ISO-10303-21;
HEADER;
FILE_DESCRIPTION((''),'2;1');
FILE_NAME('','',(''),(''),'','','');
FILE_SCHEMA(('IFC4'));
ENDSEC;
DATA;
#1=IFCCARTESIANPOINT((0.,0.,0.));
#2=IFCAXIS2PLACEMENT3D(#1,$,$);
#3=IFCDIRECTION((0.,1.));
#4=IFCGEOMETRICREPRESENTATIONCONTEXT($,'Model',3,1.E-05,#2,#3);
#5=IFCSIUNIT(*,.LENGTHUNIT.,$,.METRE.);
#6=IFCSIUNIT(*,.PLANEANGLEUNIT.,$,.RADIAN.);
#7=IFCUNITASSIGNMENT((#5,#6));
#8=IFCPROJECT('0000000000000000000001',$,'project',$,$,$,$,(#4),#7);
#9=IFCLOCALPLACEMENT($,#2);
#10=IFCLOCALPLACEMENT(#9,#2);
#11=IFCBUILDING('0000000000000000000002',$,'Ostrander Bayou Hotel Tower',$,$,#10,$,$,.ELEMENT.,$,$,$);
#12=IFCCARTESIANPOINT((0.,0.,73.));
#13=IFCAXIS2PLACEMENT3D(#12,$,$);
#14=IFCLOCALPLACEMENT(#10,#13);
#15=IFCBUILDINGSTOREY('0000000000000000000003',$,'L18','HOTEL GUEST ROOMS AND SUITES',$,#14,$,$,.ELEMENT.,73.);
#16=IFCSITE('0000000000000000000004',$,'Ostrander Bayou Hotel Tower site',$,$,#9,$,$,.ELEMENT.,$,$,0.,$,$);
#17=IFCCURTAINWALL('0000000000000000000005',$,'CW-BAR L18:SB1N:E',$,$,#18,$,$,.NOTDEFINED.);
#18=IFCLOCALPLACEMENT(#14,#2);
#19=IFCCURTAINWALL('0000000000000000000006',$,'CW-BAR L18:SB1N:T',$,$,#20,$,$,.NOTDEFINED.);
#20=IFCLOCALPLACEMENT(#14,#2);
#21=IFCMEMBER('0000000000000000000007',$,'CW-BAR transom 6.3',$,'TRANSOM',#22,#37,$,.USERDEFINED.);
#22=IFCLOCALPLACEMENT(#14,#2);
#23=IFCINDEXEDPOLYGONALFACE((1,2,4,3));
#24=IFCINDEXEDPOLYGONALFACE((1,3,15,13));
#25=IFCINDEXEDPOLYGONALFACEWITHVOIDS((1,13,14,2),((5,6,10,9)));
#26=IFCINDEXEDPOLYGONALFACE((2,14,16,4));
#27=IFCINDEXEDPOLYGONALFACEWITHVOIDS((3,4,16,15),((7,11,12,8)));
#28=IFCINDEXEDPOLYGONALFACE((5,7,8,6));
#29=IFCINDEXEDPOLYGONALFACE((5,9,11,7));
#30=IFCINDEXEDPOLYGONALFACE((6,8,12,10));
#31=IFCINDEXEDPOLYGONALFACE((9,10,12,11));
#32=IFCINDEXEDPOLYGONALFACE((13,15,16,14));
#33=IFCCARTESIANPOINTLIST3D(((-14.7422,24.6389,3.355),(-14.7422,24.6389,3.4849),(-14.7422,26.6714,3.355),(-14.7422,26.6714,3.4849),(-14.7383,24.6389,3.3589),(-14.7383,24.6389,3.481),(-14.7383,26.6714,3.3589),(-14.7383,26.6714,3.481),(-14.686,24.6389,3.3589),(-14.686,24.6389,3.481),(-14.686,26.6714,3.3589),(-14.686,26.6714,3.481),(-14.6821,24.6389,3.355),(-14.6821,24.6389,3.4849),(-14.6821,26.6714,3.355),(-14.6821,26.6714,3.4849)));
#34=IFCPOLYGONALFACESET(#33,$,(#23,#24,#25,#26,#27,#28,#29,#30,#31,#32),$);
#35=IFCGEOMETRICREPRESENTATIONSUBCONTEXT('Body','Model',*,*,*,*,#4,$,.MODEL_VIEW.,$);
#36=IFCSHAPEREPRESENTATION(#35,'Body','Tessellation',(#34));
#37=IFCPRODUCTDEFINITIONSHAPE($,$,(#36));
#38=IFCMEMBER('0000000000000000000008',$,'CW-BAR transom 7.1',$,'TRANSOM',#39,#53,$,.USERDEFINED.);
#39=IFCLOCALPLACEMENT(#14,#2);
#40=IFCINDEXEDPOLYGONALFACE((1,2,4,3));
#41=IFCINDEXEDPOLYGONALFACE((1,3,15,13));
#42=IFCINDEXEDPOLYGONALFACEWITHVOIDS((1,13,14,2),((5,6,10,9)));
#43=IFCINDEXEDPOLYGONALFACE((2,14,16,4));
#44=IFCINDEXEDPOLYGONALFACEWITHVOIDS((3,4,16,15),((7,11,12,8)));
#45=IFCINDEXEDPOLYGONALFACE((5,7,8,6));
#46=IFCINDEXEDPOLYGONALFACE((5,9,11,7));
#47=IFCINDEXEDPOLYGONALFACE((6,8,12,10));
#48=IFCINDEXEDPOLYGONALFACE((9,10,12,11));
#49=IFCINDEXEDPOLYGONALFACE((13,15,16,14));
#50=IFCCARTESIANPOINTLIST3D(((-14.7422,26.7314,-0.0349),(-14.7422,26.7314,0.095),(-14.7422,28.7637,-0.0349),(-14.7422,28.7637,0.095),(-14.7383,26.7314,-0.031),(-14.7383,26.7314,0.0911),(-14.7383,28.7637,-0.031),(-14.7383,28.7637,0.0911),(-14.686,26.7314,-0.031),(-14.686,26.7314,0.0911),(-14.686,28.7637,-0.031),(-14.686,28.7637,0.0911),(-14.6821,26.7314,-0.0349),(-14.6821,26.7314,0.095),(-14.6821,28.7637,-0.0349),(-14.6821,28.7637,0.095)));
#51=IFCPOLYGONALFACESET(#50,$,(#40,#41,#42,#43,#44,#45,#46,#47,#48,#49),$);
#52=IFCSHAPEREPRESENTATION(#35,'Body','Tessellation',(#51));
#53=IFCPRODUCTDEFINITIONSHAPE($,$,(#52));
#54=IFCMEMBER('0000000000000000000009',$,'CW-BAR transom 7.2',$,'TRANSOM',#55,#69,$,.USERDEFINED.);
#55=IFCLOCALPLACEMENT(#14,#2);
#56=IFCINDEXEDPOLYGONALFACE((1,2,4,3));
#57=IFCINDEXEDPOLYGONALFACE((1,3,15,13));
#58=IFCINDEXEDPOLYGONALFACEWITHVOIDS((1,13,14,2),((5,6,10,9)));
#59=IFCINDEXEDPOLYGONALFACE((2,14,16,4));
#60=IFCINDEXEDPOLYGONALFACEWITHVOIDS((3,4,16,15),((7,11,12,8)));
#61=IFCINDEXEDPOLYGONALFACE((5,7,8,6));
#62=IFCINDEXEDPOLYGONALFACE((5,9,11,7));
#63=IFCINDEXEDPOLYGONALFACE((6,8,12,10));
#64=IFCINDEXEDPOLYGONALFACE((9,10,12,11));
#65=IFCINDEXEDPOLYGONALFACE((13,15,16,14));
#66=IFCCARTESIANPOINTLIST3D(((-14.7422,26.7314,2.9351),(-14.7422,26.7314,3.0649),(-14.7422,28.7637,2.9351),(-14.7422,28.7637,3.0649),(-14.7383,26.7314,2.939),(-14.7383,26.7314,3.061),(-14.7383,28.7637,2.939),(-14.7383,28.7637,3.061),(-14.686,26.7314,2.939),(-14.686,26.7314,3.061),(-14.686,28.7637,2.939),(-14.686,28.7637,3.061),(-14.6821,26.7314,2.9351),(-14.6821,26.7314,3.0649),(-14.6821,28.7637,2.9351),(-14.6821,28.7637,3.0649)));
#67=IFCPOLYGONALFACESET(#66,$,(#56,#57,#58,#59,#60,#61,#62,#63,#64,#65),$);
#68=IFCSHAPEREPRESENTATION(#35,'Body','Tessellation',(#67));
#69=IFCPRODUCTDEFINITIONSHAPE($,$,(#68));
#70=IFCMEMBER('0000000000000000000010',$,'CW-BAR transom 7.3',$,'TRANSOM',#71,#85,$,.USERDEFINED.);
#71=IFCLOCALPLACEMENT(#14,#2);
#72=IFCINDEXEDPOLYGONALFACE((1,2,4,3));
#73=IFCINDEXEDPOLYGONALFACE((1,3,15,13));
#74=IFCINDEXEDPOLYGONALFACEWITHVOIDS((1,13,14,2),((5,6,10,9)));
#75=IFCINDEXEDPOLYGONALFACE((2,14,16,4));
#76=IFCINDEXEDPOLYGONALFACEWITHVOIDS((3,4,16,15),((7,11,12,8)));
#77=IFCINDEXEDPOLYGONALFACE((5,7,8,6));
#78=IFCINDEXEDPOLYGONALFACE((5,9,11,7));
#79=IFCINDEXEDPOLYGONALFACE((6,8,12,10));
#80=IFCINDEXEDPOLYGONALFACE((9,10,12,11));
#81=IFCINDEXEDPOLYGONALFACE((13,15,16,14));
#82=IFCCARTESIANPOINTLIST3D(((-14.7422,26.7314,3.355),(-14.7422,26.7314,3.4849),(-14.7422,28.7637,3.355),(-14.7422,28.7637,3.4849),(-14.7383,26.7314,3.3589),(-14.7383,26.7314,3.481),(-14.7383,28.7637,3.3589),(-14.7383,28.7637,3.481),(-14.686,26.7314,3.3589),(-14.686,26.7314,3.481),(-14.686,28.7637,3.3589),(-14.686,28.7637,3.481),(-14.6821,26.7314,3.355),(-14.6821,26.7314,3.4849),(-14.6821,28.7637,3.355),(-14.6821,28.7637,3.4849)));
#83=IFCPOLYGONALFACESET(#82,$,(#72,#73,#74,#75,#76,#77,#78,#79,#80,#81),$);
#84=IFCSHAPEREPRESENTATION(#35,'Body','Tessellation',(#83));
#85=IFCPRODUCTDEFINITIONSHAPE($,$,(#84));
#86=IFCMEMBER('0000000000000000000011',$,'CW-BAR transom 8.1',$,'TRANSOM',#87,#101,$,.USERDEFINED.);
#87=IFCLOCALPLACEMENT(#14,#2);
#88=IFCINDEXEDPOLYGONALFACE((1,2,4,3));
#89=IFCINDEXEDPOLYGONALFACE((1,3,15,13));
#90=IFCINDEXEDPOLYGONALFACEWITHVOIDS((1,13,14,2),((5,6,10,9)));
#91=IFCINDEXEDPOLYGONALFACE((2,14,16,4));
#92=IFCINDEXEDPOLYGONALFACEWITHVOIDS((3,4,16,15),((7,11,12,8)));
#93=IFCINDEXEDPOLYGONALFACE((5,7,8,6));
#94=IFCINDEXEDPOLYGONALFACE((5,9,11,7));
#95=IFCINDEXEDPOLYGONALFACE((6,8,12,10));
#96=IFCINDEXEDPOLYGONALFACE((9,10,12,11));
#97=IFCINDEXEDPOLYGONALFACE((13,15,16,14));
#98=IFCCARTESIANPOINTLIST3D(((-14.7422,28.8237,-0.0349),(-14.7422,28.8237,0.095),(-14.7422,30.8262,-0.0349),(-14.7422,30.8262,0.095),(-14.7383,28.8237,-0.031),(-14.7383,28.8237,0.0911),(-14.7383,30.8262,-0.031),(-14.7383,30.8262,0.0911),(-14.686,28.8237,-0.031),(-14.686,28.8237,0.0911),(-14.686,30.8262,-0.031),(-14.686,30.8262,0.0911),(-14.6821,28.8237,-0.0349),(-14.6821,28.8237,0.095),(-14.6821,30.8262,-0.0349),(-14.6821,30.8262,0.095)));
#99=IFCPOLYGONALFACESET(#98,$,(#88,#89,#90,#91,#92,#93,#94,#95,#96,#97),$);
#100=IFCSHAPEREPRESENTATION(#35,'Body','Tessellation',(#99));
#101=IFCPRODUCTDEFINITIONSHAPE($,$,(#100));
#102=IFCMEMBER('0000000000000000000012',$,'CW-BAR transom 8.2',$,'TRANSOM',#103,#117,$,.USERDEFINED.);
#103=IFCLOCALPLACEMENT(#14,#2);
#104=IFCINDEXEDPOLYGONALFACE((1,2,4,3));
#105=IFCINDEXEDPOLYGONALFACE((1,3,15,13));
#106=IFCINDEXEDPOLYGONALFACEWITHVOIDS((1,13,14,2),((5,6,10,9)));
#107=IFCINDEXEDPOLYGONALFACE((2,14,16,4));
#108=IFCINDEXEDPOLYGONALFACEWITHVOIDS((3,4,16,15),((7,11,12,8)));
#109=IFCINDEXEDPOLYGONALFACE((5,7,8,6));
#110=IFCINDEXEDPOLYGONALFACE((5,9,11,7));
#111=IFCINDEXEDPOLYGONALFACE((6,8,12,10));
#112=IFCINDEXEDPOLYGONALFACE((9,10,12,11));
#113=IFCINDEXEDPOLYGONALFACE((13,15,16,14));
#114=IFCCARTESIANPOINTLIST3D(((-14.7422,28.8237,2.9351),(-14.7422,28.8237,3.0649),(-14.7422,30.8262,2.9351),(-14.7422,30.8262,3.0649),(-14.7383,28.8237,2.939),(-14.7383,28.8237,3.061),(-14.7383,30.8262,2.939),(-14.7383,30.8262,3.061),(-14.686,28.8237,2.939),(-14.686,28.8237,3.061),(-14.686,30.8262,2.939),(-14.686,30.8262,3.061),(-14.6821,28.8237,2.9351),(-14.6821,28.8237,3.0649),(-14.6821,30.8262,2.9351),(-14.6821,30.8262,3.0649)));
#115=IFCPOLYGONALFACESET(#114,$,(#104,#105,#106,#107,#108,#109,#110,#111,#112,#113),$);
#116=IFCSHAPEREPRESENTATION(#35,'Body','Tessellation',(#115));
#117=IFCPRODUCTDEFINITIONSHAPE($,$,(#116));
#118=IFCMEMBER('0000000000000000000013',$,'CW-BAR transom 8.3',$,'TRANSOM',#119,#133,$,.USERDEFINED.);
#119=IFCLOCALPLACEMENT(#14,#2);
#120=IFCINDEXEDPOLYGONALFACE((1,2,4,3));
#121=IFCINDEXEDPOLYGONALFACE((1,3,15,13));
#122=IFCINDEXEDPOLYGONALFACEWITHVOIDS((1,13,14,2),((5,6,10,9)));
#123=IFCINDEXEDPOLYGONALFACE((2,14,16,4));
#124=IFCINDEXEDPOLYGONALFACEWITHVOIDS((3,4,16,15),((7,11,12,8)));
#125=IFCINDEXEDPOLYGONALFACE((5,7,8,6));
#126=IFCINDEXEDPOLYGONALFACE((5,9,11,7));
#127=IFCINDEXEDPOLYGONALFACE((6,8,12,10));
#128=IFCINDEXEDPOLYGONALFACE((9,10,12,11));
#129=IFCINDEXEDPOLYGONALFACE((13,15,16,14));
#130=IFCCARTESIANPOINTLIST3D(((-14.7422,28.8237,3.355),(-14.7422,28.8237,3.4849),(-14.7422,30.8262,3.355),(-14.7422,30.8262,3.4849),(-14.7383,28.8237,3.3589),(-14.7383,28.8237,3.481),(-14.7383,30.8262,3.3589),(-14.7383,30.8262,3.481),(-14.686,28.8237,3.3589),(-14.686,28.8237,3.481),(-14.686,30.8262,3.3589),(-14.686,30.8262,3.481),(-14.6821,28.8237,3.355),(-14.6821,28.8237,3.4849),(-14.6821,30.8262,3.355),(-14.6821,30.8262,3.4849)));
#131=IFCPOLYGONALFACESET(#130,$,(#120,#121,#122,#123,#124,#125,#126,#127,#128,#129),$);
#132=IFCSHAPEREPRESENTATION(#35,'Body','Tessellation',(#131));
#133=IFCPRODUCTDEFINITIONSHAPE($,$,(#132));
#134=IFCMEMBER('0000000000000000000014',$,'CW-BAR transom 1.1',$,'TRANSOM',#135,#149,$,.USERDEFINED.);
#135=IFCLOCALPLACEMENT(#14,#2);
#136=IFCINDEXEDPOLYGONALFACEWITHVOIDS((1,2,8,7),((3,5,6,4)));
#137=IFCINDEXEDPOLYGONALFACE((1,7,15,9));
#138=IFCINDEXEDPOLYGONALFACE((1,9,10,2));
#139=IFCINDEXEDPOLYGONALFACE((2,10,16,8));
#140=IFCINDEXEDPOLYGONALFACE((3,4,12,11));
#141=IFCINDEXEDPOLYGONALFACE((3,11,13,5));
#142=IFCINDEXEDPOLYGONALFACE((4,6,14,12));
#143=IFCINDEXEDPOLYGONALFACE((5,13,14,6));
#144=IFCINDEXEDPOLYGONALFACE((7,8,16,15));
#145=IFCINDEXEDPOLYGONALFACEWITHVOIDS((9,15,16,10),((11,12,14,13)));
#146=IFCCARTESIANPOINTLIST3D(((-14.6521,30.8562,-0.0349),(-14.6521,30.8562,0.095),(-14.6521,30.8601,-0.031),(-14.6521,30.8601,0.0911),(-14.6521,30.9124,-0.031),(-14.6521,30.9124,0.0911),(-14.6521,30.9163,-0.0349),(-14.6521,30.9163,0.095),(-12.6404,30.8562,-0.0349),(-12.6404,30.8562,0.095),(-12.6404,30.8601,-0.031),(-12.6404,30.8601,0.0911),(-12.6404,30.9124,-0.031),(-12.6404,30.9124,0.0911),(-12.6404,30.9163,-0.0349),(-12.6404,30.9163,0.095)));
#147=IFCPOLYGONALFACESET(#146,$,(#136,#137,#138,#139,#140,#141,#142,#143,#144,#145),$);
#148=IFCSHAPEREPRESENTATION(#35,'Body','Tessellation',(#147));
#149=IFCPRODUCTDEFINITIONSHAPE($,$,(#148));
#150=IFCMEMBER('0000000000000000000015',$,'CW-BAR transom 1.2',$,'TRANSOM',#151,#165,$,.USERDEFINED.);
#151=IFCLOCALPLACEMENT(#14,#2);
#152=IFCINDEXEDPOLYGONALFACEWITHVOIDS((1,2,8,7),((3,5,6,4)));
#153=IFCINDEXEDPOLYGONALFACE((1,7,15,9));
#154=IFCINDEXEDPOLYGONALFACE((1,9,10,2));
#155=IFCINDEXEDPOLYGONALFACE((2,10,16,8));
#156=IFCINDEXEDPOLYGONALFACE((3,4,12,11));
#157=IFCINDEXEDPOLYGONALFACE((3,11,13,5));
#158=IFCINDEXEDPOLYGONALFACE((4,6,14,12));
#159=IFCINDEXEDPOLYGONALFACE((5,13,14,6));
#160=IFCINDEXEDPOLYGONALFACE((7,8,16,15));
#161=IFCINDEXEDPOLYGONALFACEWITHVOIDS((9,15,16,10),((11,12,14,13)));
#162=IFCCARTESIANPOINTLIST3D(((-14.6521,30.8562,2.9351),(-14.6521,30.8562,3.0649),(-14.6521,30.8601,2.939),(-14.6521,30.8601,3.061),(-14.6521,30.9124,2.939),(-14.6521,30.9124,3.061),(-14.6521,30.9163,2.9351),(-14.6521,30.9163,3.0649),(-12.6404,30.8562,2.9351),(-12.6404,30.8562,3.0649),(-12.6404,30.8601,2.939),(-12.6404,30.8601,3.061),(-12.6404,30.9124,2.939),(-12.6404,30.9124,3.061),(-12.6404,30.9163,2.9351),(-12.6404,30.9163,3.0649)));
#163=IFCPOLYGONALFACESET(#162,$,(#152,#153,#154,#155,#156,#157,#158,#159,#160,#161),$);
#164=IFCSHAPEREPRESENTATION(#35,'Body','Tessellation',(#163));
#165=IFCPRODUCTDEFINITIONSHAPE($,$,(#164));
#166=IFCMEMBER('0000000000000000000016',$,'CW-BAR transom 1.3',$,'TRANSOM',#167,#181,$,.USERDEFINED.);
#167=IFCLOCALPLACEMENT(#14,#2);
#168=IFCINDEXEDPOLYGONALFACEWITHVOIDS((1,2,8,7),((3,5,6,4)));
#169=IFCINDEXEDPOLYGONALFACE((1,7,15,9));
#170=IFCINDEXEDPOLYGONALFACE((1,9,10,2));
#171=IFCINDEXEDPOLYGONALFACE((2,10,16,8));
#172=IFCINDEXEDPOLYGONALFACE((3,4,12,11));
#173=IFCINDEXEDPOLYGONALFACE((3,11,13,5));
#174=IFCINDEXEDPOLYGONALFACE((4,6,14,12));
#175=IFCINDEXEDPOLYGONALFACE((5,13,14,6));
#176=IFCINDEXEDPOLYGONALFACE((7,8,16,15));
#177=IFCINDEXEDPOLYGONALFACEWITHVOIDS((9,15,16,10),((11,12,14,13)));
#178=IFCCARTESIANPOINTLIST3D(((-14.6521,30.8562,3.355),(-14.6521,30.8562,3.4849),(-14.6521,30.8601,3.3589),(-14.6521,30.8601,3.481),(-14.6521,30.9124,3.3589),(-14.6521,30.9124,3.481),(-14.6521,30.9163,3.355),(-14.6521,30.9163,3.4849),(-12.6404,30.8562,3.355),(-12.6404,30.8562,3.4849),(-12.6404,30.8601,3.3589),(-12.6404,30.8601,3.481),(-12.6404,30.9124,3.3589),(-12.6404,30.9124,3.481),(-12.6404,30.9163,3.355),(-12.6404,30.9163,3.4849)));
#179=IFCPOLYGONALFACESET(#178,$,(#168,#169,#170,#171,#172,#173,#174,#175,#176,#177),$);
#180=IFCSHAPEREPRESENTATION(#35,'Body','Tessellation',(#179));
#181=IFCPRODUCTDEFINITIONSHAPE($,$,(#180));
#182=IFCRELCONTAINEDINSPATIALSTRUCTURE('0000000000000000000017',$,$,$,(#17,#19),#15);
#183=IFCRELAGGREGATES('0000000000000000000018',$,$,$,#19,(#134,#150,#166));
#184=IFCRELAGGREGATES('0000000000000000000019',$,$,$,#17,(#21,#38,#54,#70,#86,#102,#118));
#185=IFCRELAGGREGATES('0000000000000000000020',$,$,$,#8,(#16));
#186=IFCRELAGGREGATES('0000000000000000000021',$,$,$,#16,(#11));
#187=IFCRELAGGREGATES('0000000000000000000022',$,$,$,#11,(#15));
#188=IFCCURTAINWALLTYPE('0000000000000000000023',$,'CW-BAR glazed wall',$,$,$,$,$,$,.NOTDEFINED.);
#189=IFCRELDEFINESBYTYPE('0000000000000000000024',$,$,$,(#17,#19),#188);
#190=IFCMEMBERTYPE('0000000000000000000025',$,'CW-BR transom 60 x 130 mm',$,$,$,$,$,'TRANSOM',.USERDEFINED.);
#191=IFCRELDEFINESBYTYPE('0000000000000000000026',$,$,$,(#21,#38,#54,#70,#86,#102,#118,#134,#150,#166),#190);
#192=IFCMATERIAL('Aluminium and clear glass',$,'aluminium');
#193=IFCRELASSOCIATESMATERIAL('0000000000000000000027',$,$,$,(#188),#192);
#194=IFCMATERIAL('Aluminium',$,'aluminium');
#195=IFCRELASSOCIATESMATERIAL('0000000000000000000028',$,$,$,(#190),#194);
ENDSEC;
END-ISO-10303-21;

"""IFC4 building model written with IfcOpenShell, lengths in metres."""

from ifc_helpers import new_model, si_unit, direction, frame, origin, origin_2d, place, context, subcontext, project, spatial, hollow_rectangle, extrude, material, material_profile, profile_set, type_object, element, aggregate, save


model = new_model("IFC4")

# Units and contexts
model_context = context("Model", 3, precision=1e-05, world=origin(), true_north=direction((0.0, 1.0)))
body_context = subcontext(model_context, "Body", "Model", "MODEL_VIEW")
ifc_project = project(units=[si_unit("LENGTHUNIT", "METRE"), si_unit("PLANEANGLEUNIT", "RADIAN")], contexts=[model_context])

# Site, building, storey
site_placement = place(None, origin())
site = spatial("IfcSite", under=ifc_project, at=site_placement, Name="Ostrander Bayou Hotel Tower site", CompositionType="ELEMENT", RefElevation=0.0)
building_placement = place(site_placement, origin())
building = spatial("IfcBuilding", under=site, at=building_placement, Name="Ostrander Bayou Hotel Tower", CompositionType="ELEMENT")
storey_placement = place(building_placement, frame((0.0, 0.0, 73.0)))
storey = spatial("IfcBuildingStorey", under=building, at=storey_placement, Name="L18", Description="HOTEL GUEST ROOMS AND SUITES", CompositionType="ELEMENT", Elevation=73.0)

# Curtain wall
ifc_material_1 = material(Name="Aluminium and clear glass", Category="aluminium")
curtain_wall_type = type_object("IfcCurtainWallType", Name="CW-BAR glazed wall", PredefinedType="NOTDEFINED", material=ifc_material_1)
curtain_wall_1_placement = place(storey_placement, origin())
curtain_wall_1 = element("IfcCurtainWall", 1, at=curtain_wall_1_placement, inside=storey, type_object=curtain_wall_type, Name="CW-BAR L18:SB1N:E", PredefinedType="NOTDEFINED")

# Curtain wall
curtain_wall_2_placement = place(storey_placement, origin())
curtain_wall_2 = element("IfcCurtainWall", 2, at=curtain_wall_2_placement, inside=storey, type_object=curtain_wall_type, Name="CW-BAR L18:SB1N:T", PredefinedType="NOTDEFINED")

# Members
ifc_material_2 = material(Name="Aluminium", Category="aluminium")
ifc_material_profile_1 = material_profile(ifc_material_2, hollow_rectangle(XDim=0.0601, YDim=0.1299, WallThickness=0.0039, at=origin_2d()))
ifc_profile_set_1 = profile_set([ifc_material_profile_1], Name="Aluminium")
member_type_1 = type_object("IfcMemberType", Name="CW-BR transom 60 x 130 mm", ElementType="TRANSOM", PredefinedType="USERDEFINED", material=ifc_profile_set_1)
member_1_placement = place(storey_placement, frame((-14.7122, 24.6389, 3.4199), z_axis=(0.0, 1.0, 0.0), x_axis=(-1.0, 0.0, 0.0)))
member_1 = element("IfcMember", 3, at=member_1_placement, type_object=member_type_1, Name="CW-BAR transom 6.3", ObjectType="TRANSOM", PredefinedType="USERDEFINED", context=body_context, shape_type="SweptSolid", body=[
    extrude(hollow_rectangle(XDim=0.0601, YDim=0.1299, WallThickness=0.0039, at=origin_2d()), origin(), (0.0, 0.0, 1.0), 2.0325),
])
member_2_placement = place(storey_placement, frame((-14.7122, 26.7314, 0.03), z_axis=(0.0, 1.0, 0.0), x_axis=(-1.0, 0.0, 0.0)))
member_2 = element("IfcMember", 4, at=member_2_placement, type_object=member_type_1, Name="CW-BAR transom 7.1", ObjectType="TRANSOM", PredefinedType="USERDEFINED", context=body_context, shape_type="SweptSolid", body=[
    extrude(hollow_rectangle(XDim=0.0601, YDim=0.1299, WallThickness=0.0039, at=origin_2d()), origin(), (0.0, 0.0, 1.0), 2.0322),
])
member_3_placement = place(storey_placement, frame((-14.7122, 26.7314, 3.0), z_axis=(0.0, 1.0, 0.0), x_axis=(-1.0, 0.0, 0.0)))
member_3 = element("IfcMember", 5, at=member_3_placement, type_object=member_type_1, Name="CW-BAR transom 7.2", ObjectType="TRANSOM", PredefinedType="USERDEFINED", context=body_context, shape_type="SweptSolid", body=[
    extrude(hollow_rectangle(XDim=0.0601, YDim=0.1299, WallThickness=0.0039, at=origin_2d()), origin(), (0.0, 0.0, 1.0), 2.0322),
])
member_4_placement = place(storey_placement, frame((-14.7122, 26.7314, 3.4199), z_axis=(0.0, 1.0, 0.0), x_axis=(-1.0, 0.0, 0.0)))
member_4 = element("IfcMember", 6, at=member_4_placement, type_object=member_type_1, Name="CW-BAR transom 7.3", ObjectType="TRANSOM", PredefinedType="USERDEFINED", context=body_context, shape_type="SweptSolid", body=[
    extrude(hollow_rectangle(XDim=0.0601, YDim=0.1299, WallThickness=0.0039, at=origin_2d()), origin(), (0.0, 0.0, 1.0), 2.0322),
])
member_5_placement = place(storey_placement, frame((-14.7122, 28.8237, 0.03), z_axis=(0.0, 1.0, 0.0), x_axis=(-1.0, 0.0, 0.0)))
member_5 = element("IfcMember", 7, at=member_5_placement, type_object=member_type_1, Name="CW-BAR transom 8.1", ObjectType="TRANSOM", PredefinedType="USERDEFINED", context=body_context, shape_type="SweptSolid", body=[
    extrude(hollow_rectangle(XDim=0.0601, YDim=0.1299, WallThickness=0.0039, at=origin_2d()), origin(), (0.0, 0.0, 1.0), 2.0024),
])
member_6_placement = place(storey_placement, frame((-14.7122, 28.8237, 3.0), z_axis=(0.0, 1.0, 0.0), x_axis=(-1.0, 0.0, 0.0)))
member_6 = element("IfcMember", 8, at=member_6_placement, type_object=member_type_1, Name="CW-BAR transom 8.2", ObjectType="TRANSOM", PredefinedType="USERDEFINED", context=body_context, shape_type="SweptSolid", body=[
    extrude(hollow_rectangle(XDim=0.0601, YDim=0.1299, WallThickness=0.0039, at=origin_2d()), origin(), (0.0, 0.0, 1.0), 2.0024),
])
member_7_placement = place(storey_placement, frame((-14.7122, 28.8237, 3.4199), z_axis=(0.0, 1.0, 0.0), x_axis=(-1.0, 0.0, 0.0)))
member_7 = element("IfcMember", 9, at=member_7_placement, type_object=member_type_1, Name="CW-BAR transom 8.3", ObjectType="TRANSOM", PredefinedType="USERDEFINED", context=body_context, shape_type="SweptSolid", body=[
    extrude(hollow_rectangle(XDim=0.0601, YDim=0.1299, WallThickness=0.0039, at=origin_2d()), origin(), (0.0, 0.0, 1.0), 2.0024),
])
member_8_placement = place(storey_placement, frame((-14.6521, 30.8862, 0.03), z_axis=(1.0, 0.0, 0.0), x_axis=(0.0, 1.0, 0.0)))
member_8 = element("IfcMember", 10, at=member_8_placement, type_object=member_type_1, Name="CW-BAR transom 1.1", ObjectType="TRANSOM", PredefinedType="USERDEFINED", context=body_context, shape_type="SweptSolid", body=[
    extrude(hollow_rectangle(XDim=0.0601, YDim=0.1299, WallThickness=0.0039, at=origin_2d()), origin(), (0.0, 0.0, 1.0), 2.0117),
])
member_9_placement = place(storey_placement, frame((-14.6521, 30.8862, 3.0), z_axis=(1.0, 0.0, 0.0), x_axis=(0.0, 1.0, 0.0)))
member_9 = element("IfcMember", 11, at=member_9_placement, type_object=member_type_1, Name="CW-BAR transom 1.2", ObjectType="TRANSOM", PredefinedType="USERDEFINED", context=body_context, shape_type="SweptSolid", body=[
    extrude(hollow_rectangle(XDim=0.0601, YDim=0.1299, WallThickness=0.0039, at=origin_2d()), origin(), (0.0, 0.0, 1.0), 2.0117),
])
member_10_placement = place(storey_placement, frame((-14.6521, 30.8862, 3.4199), z_axis=(1.0, 0.0, 0.0), x_axis=(0.0, 1.0, 0.0)))
member_10 = element("IfcMember", 12, at=member_10_placement, type_object=member_type_1, Name="CW-BAR transom 1.3", ObjectType="TRANSOM", PredefinedType="USERDEFINED", context=body_context, shape_type="SweptSolid", body=[
    extrude(hollow_rectangle(XDim=0.0601, YDim=0.1299, WallThickness=0.0039, at=origin_2d()), origin(), (0.0, 0.0, 1.0), 2.0117),
])
aggregate(curtain_wall_2, [member_8, member_9, member_10])

aggregate(curtain_wall_1, [member_1, member_2, member_3, member_4, member_5, member_6, member_7])

save(model, "model.ifc")
